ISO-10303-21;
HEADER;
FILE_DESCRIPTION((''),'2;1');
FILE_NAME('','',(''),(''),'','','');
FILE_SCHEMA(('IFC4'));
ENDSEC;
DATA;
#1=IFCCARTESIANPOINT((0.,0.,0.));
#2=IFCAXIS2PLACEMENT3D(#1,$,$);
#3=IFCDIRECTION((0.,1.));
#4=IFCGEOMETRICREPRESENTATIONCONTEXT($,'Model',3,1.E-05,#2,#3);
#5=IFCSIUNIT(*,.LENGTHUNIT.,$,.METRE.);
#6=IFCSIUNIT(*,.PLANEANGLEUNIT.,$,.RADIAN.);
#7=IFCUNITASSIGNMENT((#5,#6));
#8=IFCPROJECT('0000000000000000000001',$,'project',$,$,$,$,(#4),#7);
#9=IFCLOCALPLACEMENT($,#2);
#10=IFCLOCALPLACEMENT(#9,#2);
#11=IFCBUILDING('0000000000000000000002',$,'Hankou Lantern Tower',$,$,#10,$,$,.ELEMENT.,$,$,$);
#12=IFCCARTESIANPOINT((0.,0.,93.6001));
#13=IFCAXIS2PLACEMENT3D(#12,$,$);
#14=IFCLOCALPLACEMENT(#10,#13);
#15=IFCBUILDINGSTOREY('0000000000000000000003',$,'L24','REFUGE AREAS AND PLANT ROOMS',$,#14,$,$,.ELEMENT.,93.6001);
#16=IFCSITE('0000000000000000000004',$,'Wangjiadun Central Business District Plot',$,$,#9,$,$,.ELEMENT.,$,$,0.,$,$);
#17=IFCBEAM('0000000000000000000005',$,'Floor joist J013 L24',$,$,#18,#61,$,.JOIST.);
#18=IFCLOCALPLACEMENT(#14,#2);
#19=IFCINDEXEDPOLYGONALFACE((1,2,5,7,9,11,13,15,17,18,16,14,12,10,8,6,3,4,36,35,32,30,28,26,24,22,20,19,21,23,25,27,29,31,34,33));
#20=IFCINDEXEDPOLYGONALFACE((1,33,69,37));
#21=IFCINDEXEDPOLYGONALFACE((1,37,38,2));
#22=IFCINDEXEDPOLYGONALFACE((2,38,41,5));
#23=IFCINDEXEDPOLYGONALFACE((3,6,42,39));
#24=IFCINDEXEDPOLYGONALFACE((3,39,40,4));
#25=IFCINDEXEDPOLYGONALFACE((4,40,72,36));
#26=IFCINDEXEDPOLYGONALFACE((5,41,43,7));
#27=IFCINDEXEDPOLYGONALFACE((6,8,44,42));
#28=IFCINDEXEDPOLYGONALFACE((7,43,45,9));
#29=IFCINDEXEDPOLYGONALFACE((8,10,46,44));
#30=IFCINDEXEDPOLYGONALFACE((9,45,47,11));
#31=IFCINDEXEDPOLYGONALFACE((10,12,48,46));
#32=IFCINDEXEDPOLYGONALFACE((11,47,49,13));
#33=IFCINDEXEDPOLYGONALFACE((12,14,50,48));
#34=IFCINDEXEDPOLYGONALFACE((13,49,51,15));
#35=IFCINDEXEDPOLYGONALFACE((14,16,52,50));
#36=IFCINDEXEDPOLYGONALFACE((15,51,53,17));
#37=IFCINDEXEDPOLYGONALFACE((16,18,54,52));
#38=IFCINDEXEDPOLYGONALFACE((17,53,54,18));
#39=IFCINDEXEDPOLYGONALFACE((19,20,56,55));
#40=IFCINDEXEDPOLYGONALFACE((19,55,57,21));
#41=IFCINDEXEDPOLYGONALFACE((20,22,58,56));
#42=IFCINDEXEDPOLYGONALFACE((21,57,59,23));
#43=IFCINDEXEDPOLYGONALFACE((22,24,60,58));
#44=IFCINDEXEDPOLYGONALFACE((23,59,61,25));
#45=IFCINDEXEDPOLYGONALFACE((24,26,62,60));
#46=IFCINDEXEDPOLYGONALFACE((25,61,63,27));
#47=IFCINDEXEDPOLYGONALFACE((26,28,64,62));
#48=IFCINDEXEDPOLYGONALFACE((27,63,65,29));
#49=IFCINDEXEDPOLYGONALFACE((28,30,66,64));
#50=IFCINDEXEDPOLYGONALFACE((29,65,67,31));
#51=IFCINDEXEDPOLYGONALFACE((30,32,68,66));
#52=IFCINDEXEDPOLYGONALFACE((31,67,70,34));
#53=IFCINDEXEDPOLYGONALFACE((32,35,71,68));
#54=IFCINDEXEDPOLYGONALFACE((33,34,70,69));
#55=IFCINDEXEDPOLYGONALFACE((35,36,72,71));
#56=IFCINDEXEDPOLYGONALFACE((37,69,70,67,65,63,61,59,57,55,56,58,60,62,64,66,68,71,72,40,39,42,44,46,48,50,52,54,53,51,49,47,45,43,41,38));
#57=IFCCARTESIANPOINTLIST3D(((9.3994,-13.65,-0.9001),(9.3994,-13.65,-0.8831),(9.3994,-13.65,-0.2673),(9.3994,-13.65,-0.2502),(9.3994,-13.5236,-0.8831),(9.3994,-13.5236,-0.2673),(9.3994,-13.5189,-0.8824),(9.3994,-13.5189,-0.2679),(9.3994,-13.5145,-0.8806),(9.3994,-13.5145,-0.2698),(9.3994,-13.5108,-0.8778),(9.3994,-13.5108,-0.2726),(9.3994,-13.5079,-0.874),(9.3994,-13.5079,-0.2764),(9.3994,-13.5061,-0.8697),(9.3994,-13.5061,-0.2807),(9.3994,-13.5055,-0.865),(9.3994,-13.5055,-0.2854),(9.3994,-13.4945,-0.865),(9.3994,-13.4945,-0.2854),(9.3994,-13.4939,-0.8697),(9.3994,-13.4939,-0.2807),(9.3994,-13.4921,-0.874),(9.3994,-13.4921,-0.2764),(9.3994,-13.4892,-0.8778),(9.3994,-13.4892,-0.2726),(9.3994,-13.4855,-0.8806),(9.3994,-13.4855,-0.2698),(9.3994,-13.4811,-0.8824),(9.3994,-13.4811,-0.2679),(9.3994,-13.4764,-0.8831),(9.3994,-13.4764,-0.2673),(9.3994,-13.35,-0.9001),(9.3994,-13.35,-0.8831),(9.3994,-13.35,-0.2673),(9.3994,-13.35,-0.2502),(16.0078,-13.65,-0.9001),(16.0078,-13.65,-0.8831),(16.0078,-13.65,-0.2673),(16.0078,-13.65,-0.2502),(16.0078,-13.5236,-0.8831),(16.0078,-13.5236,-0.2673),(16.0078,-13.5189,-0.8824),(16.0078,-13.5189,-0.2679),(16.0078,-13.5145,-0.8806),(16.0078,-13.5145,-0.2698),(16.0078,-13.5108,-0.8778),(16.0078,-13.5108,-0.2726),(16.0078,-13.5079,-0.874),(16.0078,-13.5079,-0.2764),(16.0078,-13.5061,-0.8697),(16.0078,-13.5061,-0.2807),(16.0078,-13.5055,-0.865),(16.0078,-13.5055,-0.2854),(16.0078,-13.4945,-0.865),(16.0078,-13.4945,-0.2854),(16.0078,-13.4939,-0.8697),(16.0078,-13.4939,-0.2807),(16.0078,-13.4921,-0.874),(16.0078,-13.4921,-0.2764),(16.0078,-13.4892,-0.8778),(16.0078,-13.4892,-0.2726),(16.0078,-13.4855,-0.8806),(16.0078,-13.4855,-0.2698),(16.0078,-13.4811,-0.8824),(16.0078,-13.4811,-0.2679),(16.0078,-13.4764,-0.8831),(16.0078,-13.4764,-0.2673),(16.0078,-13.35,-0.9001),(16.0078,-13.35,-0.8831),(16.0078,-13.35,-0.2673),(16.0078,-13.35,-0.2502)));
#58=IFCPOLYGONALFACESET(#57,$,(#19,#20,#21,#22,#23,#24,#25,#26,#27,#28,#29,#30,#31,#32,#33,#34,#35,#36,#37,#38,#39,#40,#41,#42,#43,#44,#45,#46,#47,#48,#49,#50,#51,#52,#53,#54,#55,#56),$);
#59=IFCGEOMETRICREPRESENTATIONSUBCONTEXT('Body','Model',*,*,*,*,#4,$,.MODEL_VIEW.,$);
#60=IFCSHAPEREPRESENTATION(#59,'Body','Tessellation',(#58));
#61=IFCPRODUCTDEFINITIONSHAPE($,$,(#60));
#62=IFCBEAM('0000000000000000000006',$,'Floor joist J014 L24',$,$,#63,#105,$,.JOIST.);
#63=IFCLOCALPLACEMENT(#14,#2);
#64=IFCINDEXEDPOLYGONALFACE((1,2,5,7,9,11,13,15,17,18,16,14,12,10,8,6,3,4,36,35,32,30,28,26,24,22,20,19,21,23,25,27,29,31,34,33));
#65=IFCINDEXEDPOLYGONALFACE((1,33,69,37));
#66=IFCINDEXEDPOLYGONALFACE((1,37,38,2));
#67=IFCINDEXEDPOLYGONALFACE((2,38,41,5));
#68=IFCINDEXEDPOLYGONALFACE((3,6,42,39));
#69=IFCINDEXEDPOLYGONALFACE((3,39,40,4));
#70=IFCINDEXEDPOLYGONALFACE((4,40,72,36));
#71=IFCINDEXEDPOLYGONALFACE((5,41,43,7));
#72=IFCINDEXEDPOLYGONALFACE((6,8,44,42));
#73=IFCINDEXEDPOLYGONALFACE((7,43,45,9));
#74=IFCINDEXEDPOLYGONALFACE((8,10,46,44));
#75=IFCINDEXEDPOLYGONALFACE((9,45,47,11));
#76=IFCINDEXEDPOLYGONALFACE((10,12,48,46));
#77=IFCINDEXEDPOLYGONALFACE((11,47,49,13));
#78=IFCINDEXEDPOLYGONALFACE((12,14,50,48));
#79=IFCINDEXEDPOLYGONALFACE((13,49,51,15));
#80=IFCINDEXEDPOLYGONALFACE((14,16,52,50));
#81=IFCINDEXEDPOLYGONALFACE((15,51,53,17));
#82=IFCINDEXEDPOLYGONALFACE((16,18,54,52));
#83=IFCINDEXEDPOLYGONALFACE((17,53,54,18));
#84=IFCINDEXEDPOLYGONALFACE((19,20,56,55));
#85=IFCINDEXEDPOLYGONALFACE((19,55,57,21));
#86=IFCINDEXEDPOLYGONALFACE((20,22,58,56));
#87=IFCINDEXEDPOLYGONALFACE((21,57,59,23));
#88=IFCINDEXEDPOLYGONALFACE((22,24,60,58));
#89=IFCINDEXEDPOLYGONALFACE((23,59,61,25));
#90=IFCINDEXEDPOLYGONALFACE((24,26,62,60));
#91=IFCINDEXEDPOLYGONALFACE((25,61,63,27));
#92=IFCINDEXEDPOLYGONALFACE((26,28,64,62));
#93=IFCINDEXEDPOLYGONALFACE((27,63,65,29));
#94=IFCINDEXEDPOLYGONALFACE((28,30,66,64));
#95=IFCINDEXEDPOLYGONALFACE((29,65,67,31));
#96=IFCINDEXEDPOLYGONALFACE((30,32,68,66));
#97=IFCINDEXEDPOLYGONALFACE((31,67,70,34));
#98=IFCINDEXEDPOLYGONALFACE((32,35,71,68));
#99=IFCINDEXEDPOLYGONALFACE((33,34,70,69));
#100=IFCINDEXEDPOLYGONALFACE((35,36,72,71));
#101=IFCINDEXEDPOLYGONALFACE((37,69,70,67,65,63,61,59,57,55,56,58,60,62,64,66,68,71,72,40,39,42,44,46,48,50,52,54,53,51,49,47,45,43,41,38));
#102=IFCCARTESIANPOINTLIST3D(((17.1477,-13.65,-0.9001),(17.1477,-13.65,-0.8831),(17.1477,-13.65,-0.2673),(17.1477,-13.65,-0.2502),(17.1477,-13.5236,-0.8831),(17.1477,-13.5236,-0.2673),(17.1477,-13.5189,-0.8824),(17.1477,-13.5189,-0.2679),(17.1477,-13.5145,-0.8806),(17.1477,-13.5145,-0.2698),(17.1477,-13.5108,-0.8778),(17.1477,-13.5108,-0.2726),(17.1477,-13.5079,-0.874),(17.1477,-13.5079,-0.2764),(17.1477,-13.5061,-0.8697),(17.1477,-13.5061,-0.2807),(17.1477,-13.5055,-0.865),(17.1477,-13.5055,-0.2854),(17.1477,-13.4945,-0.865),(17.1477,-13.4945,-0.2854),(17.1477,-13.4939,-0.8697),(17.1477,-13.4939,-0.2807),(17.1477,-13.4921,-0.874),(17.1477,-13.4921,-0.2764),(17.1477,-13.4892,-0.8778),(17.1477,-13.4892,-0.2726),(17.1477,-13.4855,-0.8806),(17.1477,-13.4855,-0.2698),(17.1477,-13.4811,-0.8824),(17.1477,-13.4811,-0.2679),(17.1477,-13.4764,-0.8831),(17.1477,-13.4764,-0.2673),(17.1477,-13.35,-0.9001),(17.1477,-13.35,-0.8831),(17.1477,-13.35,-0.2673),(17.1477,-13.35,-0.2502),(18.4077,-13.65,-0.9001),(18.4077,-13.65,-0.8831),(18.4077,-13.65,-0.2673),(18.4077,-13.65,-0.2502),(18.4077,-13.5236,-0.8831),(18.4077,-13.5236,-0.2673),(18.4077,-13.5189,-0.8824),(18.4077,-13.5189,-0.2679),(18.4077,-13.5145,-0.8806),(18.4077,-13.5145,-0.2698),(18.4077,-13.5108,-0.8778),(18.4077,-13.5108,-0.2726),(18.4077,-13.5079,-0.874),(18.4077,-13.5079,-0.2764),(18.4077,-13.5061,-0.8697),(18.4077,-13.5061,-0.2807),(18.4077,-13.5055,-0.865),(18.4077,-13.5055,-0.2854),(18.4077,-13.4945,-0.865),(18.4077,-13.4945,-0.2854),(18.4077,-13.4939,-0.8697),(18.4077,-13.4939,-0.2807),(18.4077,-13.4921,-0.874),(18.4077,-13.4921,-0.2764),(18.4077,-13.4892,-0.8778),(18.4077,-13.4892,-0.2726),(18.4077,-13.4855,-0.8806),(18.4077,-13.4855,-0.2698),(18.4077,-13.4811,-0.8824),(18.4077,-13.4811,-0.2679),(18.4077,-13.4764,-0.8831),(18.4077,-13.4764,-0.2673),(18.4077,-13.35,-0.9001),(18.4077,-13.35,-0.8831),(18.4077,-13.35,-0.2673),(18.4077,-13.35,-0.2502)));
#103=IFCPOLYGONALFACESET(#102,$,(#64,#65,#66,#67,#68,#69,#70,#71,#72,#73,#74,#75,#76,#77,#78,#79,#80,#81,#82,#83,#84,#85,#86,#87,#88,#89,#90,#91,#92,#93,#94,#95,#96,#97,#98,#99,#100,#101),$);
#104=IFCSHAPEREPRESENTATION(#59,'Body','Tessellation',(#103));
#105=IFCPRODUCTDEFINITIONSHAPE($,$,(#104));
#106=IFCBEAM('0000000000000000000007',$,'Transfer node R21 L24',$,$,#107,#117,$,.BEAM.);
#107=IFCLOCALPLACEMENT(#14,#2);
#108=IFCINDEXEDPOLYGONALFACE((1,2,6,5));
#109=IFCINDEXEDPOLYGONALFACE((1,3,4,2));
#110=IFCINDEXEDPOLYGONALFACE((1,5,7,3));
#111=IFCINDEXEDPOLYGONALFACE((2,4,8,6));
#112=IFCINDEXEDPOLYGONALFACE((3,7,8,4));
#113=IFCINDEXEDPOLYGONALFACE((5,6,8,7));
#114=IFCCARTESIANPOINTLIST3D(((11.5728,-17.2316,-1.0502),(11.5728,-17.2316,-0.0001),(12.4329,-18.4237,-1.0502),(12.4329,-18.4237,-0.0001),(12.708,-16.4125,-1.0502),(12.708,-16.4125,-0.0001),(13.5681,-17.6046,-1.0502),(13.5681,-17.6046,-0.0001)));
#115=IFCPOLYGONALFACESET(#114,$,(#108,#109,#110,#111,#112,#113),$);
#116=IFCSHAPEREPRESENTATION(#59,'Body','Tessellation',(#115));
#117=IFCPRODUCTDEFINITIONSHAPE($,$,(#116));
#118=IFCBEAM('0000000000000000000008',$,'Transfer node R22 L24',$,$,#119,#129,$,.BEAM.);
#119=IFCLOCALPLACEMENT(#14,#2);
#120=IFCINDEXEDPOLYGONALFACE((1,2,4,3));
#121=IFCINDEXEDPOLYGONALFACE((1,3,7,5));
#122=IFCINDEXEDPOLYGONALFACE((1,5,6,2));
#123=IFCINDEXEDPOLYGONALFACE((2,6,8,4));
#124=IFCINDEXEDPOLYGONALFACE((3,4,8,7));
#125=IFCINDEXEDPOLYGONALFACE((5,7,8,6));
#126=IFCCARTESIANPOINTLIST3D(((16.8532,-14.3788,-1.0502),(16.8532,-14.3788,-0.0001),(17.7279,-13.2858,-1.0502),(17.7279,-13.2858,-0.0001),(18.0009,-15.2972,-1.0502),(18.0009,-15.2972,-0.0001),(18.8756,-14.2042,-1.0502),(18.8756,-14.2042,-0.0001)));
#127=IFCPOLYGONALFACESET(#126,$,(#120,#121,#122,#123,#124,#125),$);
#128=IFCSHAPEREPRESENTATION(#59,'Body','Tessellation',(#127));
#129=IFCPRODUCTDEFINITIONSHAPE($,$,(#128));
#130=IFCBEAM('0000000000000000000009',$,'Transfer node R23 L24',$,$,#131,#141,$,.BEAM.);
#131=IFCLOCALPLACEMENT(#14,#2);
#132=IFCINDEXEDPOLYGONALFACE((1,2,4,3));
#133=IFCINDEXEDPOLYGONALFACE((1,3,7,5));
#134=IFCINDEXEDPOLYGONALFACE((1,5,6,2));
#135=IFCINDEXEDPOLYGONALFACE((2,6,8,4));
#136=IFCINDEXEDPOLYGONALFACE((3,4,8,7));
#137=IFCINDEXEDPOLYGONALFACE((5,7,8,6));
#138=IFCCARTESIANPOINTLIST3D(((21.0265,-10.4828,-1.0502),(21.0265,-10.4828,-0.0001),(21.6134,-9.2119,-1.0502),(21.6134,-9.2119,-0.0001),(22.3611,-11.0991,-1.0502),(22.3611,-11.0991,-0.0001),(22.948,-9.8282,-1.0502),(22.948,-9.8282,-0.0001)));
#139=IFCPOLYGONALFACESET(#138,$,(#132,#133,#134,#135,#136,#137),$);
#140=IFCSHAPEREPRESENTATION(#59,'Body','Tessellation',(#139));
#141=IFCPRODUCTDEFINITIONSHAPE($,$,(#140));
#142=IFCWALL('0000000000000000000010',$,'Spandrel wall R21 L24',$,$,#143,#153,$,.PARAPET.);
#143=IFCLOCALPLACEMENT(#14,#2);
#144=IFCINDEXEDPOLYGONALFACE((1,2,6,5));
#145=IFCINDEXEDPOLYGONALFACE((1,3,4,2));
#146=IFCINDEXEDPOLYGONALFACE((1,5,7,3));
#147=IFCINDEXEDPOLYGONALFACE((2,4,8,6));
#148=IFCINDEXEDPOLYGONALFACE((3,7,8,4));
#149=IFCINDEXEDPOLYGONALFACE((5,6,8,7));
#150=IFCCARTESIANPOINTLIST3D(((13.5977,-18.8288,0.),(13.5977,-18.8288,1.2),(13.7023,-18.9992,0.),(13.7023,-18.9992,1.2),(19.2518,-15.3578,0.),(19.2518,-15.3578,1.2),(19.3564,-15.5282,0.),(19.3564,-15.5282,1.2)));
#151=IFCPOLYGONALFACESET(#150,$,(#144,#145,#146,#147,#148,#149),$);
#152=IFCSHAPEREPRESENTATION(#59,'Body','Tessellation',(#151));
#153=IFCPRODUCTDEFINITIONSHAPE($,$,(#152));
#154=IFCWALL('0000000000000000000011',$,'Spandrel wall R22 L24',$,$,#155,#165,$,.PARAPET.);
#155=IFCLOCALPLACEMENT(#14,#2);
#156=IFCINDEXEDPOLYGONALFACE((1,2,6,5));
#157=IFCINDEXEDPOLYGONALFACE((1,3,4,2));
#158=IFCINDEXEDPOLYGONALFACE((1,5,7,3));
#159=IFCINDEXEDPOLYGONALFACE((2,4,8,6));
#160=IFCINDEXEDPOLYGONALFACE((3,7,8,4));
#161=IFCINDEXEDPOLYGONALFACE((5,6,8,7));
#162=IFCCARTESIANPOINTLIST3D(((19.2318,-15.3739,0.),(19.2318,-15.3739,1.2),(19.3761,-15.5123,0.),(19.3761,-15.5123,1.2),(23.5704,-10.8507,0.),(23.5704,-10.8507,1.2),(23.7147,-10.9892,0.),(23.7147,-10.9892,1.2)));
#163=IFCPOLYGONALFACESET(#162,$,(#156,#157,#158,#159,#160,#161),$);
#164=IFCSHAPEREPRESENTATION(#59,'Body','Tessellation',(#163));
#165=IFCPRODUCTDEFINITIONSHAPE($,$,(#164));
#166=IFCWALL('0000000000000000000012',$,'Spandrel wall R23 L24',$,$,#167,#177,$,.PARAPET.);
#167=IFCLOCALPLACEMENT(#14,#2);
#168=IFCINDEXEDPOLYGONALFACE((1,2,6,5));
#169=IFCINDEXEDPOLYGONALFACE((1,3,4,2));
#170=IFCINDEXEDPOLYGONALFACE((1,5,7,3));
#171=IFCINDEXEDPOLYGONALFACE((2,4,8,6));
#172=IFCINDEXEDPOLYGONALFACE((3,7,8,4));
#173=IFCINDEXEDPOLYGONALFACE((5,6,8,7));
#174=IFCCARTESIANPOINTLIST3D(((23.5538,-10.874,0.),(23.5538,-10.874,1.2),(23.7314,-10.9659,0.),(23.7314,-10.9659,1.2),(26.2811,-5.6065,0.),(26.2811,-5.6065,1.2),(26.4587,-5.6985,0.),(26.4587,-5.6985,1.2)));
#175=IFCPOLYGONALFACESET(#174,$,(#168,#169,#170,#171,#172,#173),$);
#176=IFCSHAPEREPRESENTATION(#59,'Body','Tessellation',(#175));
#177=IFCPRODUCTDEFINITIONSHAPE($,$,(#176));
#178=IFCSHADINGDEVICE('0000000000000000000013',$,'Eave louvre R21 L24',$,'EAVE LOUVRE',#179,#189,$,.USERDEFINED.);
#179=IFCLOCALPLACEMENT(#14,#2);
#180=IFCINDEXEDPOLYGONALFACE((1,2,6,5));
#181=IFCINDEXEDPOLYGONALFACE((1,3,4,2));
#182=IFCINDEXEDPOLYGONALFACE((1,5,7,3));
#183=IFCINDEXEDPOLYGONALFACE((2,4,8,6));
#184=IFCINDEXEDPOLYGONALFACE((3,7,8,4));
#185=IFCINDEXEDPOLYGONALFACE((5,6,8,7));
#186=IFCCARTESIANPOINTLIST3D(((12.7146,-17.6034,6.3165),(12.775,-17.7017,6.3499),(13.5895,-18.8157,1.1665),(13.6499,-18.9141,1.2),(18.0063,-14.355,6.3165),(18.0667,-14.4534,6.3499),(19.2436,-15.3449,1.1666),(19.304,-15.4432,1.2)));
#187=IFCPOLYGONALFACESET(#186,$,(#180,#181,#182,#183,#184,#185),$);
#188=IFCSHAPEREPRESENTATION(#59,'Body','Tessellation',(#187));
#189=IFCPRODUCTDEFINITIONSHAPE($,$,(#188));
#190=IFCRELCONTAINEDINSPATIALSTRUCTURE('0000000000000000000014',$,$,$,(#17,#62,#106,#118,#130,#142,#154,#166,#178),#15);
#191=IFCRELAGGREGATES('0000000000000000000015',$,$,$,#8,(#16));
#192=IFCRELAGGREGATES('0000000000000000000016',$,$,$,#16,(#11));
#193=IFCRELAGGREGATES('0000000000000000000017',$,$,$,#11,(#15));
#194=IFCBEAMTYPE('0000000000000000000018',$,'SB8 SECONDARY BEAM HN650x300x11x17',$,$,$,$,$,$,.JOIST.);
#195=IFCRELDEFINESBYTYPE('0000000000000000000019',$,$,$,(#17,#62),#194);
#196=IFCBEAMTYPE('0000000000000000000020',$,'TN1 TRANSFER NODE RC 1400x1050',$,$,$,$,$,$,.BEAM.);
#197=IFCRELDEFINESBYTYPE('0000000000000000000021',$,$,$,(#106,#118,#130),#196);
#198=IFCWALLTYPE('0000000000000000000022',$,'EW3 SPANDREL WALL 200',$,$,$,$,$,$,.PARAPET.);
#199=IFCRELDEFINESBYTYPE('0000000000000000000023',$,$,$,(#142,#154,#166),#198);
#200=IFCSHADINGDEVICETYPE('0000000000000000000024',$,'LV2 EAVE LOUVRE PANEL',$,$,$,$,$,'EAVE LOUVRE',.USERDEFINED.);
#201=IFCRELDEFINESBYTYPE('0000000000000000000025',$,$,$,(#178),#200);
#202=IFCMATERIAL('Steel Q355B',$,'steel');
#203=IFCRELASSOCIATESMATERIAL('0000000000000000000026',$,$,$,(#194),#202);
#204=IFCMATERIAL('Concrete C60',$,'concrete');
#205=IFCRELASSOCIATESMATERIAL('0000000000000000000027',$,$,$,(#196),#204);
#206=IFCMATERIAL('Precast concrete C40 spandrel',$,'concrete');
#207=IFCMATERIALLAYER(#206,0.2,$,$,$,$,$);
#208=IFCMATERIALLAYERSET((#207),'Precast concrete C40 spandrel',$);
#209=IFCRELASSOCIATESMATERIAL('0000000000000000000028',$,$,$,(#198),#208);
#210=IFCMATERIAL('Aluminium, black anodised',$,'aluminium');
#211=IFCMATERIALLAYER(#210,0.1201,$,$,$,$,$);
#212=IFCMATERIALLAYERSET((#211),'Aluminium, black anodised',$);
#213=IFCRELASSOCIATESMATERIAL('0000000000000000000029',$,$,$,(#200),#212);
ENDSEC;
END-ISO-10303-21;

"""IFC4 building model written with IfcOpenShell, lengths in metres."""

from ifc_helpers import new_model, si_unit, direction, frame, frame_2d, origin, origin_2d, place, context, subcontext, project, spatial, polyline, rectangle, i_section, outline, extrude, material, layer, layer_set, material_profile, profile_set, type_object, element, save


model = new_model("IFC4")

# Units and contexts
model_context = context("Model", 3, precision=1e-05, world=origin(), true_north=direction((0.0, 1.0)))
body_context = subcontext(model_context, "Body", "Model", "MODEL_VIEW")
ifc_project = project(units=[si_unit("LENGTHUNIT", "METRE"), si_unit("PLANEANGLEUNIT", "RADIAN")], contexts=[model_context])

# Site, building, storey
site_placement = place(None, origin())
site = spatial("IfcSite", under=ifc_project, at=site_placement, Name="Wangjiadun Central Business District Plot", CompositionType="ELEMENT", RefElevation=0.0)
building_placement = place(site_placement, origin())
building = spatial("IfcBuilding", under=site, at=building_placement, Name="Hankou Lantern Tower", CompositionType="ELEMENT")
storey_placement = place(building_placement, frame((0.0, 0.0, 93.6001)))
storey = spatial("IfcBuildingStorey", under=building, at=storey_placement, Name="L24", Description="REFUGE AREAS AND PLANT ROOMS", CompositionType="ELEMENT", Elevation=93.6001)

# Beams
ifc_material_1 = material(Name="Steel Q355B", Category="steel")
ifc_material_profile_1 = material_profile(ifc_material_1, i_section(OverallWidth=0.3, OverallDepth=0.6499, WebThickness=0.011, FlangeThickness=0.0171, FilletRadius=0.0181, at=origin_2d()), Name="HN650x300x11x17")
ifc_profile_set_1 = profile_set([ifc_material_profile_1], Name="Steel Q355B")
beam_type_1 = type_object("IfcBeamType", Name="SB8 SECONDARY BEAM HN650x300x11x17", PredefinedType="JOIST", material=ifc_profile_set_1)
beam_1_placement = place(storey_placement, frame((9.3994, -13.5, -0.5752), z_axis=(1.0, 0.0, 0.0), x_axis=(0.0, 1.0, 0.0)))
element("IfcBeam", 1, at=beam_1_placement, inside=storey, type_object=beam_type_1, Name="Floor joist J013 L24", PredefinedType="JOIST", context=body_context, shape_type="SweptSolid", body=[
    extrude(i_section(OverallWidth=0.3, OverallDepth=0.6499, WebThickness=0.011, FlangeThickness=0.0171, FilletRadius=0.0181, at=origin_2d()), origin(), (0.0, 0.0, 1.0), 6.6084),
])
beam_2_placement = place(storey_placement, frame((17.1477, -13.5, -0.5752), z_axis=(1.0, 0.0, 0.0), x_axis=(0.0, 1.0, 0.0)))
element("IfcBeam", 2, at=beam_2_placement, inside=storey, type_object=beam_type_1, Name="Floor joist J014 L24", PredefinedType="JOIST", context=body_context, shape_type="SweptSolid", body=[
    extrude(i_section(OverallWidth=0.3, OverallDepth=0.6499, WebThickness=0.011, FlangeThickness=0.0171, FilletRadius=0.0181, at=origin_2d()), origin(), (0.0, 0.0, 1.0), 1.26),
])
ifc_material_2 = material(Name="Concrete C60", Category="concrete")
ifc_material_profile_2 = material_profile(ifc_material_2, rectangle(XDim=1.3999, YDim=1.05, at=origin_2d()), Name="RC 1400x1050")
ifc_profile_set_2 = profile_set([ifc_material_profile_2], Name="Concrete C60")
beam_type_2 = type_object("IfcBeamType", Name="TN1 TRANSFER NODE RC 1400x1050", PredefinedType="BEAM", material=ifc_profile_set_2)
for number, where, z_axis, x_axis, name in (
    (3, (13.0005, -18.0142, -0.5251), (-0.585096, 0.810964, 0.0), (-0.810964, -0.585096, 0.0), "Transfer node R21 L24"),
    (4, (18.4382, -14.7507, -0.5251), (-0.780772, 0.624817, 0.0), (-0.624817, -0.780772, 0.0), "Transfer node R22 L24"),
    (5, (22.6545, -10.4636, -0.5251), (-0.907882, 0.419227, 0.0), (-0.419227, -0.907882, 0.0), "Transfer node R23 L24"),
):
    element("IfcBeam", number, at=place(storey_placement, frame(where, z_axis=z_axis, x_axis=x_axis)), inside=storey, type_object=beam_type_2, Name=name, PredefinedType="BEAM", context=body_context, shape_type="SweptSolid", body=[
        extrude(rectangle(XDim=1.3999, YDim=1.05, at=origin_2d()), origin(), (0.0, 0.0, 1.0), 1.47),
    ])

# Walls
ifc_material_3 = material(Name="Precast concrete C40 spandrel", Category="concrete")
ifc_layer_1 = layer(ifc_material_3, 0.2)
ifc_layer_set_1 = layer_set([ifc_layer_1], Name="Precast concrete C40 spandrel")
wall_type = type_object("IfcWallType", Name="EW3 SPANDREL WALL 200", PredefinedType="PARAPET", material=ifc_layer_set_1)
wall_1_placement = place(storey_placement, frame((13.6499, -18.9141, 0.0), z_axis=(0.0, 0.0, 1.0), x_axis=(0.852228, 0.523171, 0.0)))
element("IfcWall", 6, at=wall_1_placement, inside=storey, type_object=wall_type, Name="Spandrel wall R21 L24", PredefinedType="PARAPET", context=body_context, shape_type="SweptSolid", body=[
    extrude(rectangle(XDim=6.6345, YDim=0.2, at=frame_2d((3.3174, 0.0))), origin(), (0.0, 0.0, 1.0), 1.2),
])
wall_2_placement = place(storey_placement, frame((19.304, -15.4431, 0.0), z_axis=(0.0, 0.0, 1.0), x_axis=(0.692229, 0.721678, 0.0)))
element("IfcWall", 7, at=wall_2_placement, inside=storey, type_object=wall_type, Name="Spandrel wall R22 L24", PredefinedType="PARAPET", context=body_context, shape_type="SweptSolid", body=[
    extrude(rectangle(XDim=6.2676, YDim=0.2, at=frame_2d((3.1338, 0.0))), origin(), (0.0, 0.0, 1.0), 1.2),
])
wall_3_placement = place(storey_placement, frame((23.6426, -10.9199, 0.0), z_axis=(0.0, 0.0, 1.0), x_axis=(0.459797, 0.888024, 0.0)))
element("IfcWall", 8, at=wall_3_placement, inside=storey, type_object=wall_type, Name="Spandrel wall R23 L24", PredefinedType="PARAPET", context=body_context, shape_type="SweptSolid", body=[
    extrude(rectangle(XDim=5.9316, YDim=0.2, at=frame_2d((2.9658, 0.0))), origin(), (0.0, 0.0, 1.0), 1.2),
])

# Shading device
ifc_material_4 = material(Name="Aluminium, black anodised", Category="aluminium")
ifc_layer_2 = layer(ifc_material_4, 0.1201)
ifc_layer_set_2 = layer_set([ifc_layer_2], Name="Aluminium, black anodised")
shading_device_type = type_object("IfcShadingDeviceType", Name="LV2 EAVE LOUVRE PANEL", ElementType="EAVE LOUVRE", PredefinedType="USERDEFINED", material=ifc_layer_set_2)
shading_device_1_placement = place(storey_placement, frame((13.6499, -18.9141, 1.2), z_axis=(0.502522, -0.818621, 0.278084), x_axis=(0.852235, 0.523158, 0.000004)))
element("IfcShadingDevice", 9, at=shading_device_1_placement, inside=storey, type_object=shading_device_type, Name="Eave louvre R21 L24", ObjectType="EAVE LOUVRE", PredefinedType="USERDEFINED", context=body_context, shape_type="SweptSolid", body=[
    extrude(outline(polyline([(0.0, 0.0), (6.6344, 0.0), (6.0978, 5.3613), (-0.1114, 5.3614), (0.0, 0.0)])), origin(), (0.0, 0.0, -1.0), 0.1201),
])

save(model, "model.ifc")
